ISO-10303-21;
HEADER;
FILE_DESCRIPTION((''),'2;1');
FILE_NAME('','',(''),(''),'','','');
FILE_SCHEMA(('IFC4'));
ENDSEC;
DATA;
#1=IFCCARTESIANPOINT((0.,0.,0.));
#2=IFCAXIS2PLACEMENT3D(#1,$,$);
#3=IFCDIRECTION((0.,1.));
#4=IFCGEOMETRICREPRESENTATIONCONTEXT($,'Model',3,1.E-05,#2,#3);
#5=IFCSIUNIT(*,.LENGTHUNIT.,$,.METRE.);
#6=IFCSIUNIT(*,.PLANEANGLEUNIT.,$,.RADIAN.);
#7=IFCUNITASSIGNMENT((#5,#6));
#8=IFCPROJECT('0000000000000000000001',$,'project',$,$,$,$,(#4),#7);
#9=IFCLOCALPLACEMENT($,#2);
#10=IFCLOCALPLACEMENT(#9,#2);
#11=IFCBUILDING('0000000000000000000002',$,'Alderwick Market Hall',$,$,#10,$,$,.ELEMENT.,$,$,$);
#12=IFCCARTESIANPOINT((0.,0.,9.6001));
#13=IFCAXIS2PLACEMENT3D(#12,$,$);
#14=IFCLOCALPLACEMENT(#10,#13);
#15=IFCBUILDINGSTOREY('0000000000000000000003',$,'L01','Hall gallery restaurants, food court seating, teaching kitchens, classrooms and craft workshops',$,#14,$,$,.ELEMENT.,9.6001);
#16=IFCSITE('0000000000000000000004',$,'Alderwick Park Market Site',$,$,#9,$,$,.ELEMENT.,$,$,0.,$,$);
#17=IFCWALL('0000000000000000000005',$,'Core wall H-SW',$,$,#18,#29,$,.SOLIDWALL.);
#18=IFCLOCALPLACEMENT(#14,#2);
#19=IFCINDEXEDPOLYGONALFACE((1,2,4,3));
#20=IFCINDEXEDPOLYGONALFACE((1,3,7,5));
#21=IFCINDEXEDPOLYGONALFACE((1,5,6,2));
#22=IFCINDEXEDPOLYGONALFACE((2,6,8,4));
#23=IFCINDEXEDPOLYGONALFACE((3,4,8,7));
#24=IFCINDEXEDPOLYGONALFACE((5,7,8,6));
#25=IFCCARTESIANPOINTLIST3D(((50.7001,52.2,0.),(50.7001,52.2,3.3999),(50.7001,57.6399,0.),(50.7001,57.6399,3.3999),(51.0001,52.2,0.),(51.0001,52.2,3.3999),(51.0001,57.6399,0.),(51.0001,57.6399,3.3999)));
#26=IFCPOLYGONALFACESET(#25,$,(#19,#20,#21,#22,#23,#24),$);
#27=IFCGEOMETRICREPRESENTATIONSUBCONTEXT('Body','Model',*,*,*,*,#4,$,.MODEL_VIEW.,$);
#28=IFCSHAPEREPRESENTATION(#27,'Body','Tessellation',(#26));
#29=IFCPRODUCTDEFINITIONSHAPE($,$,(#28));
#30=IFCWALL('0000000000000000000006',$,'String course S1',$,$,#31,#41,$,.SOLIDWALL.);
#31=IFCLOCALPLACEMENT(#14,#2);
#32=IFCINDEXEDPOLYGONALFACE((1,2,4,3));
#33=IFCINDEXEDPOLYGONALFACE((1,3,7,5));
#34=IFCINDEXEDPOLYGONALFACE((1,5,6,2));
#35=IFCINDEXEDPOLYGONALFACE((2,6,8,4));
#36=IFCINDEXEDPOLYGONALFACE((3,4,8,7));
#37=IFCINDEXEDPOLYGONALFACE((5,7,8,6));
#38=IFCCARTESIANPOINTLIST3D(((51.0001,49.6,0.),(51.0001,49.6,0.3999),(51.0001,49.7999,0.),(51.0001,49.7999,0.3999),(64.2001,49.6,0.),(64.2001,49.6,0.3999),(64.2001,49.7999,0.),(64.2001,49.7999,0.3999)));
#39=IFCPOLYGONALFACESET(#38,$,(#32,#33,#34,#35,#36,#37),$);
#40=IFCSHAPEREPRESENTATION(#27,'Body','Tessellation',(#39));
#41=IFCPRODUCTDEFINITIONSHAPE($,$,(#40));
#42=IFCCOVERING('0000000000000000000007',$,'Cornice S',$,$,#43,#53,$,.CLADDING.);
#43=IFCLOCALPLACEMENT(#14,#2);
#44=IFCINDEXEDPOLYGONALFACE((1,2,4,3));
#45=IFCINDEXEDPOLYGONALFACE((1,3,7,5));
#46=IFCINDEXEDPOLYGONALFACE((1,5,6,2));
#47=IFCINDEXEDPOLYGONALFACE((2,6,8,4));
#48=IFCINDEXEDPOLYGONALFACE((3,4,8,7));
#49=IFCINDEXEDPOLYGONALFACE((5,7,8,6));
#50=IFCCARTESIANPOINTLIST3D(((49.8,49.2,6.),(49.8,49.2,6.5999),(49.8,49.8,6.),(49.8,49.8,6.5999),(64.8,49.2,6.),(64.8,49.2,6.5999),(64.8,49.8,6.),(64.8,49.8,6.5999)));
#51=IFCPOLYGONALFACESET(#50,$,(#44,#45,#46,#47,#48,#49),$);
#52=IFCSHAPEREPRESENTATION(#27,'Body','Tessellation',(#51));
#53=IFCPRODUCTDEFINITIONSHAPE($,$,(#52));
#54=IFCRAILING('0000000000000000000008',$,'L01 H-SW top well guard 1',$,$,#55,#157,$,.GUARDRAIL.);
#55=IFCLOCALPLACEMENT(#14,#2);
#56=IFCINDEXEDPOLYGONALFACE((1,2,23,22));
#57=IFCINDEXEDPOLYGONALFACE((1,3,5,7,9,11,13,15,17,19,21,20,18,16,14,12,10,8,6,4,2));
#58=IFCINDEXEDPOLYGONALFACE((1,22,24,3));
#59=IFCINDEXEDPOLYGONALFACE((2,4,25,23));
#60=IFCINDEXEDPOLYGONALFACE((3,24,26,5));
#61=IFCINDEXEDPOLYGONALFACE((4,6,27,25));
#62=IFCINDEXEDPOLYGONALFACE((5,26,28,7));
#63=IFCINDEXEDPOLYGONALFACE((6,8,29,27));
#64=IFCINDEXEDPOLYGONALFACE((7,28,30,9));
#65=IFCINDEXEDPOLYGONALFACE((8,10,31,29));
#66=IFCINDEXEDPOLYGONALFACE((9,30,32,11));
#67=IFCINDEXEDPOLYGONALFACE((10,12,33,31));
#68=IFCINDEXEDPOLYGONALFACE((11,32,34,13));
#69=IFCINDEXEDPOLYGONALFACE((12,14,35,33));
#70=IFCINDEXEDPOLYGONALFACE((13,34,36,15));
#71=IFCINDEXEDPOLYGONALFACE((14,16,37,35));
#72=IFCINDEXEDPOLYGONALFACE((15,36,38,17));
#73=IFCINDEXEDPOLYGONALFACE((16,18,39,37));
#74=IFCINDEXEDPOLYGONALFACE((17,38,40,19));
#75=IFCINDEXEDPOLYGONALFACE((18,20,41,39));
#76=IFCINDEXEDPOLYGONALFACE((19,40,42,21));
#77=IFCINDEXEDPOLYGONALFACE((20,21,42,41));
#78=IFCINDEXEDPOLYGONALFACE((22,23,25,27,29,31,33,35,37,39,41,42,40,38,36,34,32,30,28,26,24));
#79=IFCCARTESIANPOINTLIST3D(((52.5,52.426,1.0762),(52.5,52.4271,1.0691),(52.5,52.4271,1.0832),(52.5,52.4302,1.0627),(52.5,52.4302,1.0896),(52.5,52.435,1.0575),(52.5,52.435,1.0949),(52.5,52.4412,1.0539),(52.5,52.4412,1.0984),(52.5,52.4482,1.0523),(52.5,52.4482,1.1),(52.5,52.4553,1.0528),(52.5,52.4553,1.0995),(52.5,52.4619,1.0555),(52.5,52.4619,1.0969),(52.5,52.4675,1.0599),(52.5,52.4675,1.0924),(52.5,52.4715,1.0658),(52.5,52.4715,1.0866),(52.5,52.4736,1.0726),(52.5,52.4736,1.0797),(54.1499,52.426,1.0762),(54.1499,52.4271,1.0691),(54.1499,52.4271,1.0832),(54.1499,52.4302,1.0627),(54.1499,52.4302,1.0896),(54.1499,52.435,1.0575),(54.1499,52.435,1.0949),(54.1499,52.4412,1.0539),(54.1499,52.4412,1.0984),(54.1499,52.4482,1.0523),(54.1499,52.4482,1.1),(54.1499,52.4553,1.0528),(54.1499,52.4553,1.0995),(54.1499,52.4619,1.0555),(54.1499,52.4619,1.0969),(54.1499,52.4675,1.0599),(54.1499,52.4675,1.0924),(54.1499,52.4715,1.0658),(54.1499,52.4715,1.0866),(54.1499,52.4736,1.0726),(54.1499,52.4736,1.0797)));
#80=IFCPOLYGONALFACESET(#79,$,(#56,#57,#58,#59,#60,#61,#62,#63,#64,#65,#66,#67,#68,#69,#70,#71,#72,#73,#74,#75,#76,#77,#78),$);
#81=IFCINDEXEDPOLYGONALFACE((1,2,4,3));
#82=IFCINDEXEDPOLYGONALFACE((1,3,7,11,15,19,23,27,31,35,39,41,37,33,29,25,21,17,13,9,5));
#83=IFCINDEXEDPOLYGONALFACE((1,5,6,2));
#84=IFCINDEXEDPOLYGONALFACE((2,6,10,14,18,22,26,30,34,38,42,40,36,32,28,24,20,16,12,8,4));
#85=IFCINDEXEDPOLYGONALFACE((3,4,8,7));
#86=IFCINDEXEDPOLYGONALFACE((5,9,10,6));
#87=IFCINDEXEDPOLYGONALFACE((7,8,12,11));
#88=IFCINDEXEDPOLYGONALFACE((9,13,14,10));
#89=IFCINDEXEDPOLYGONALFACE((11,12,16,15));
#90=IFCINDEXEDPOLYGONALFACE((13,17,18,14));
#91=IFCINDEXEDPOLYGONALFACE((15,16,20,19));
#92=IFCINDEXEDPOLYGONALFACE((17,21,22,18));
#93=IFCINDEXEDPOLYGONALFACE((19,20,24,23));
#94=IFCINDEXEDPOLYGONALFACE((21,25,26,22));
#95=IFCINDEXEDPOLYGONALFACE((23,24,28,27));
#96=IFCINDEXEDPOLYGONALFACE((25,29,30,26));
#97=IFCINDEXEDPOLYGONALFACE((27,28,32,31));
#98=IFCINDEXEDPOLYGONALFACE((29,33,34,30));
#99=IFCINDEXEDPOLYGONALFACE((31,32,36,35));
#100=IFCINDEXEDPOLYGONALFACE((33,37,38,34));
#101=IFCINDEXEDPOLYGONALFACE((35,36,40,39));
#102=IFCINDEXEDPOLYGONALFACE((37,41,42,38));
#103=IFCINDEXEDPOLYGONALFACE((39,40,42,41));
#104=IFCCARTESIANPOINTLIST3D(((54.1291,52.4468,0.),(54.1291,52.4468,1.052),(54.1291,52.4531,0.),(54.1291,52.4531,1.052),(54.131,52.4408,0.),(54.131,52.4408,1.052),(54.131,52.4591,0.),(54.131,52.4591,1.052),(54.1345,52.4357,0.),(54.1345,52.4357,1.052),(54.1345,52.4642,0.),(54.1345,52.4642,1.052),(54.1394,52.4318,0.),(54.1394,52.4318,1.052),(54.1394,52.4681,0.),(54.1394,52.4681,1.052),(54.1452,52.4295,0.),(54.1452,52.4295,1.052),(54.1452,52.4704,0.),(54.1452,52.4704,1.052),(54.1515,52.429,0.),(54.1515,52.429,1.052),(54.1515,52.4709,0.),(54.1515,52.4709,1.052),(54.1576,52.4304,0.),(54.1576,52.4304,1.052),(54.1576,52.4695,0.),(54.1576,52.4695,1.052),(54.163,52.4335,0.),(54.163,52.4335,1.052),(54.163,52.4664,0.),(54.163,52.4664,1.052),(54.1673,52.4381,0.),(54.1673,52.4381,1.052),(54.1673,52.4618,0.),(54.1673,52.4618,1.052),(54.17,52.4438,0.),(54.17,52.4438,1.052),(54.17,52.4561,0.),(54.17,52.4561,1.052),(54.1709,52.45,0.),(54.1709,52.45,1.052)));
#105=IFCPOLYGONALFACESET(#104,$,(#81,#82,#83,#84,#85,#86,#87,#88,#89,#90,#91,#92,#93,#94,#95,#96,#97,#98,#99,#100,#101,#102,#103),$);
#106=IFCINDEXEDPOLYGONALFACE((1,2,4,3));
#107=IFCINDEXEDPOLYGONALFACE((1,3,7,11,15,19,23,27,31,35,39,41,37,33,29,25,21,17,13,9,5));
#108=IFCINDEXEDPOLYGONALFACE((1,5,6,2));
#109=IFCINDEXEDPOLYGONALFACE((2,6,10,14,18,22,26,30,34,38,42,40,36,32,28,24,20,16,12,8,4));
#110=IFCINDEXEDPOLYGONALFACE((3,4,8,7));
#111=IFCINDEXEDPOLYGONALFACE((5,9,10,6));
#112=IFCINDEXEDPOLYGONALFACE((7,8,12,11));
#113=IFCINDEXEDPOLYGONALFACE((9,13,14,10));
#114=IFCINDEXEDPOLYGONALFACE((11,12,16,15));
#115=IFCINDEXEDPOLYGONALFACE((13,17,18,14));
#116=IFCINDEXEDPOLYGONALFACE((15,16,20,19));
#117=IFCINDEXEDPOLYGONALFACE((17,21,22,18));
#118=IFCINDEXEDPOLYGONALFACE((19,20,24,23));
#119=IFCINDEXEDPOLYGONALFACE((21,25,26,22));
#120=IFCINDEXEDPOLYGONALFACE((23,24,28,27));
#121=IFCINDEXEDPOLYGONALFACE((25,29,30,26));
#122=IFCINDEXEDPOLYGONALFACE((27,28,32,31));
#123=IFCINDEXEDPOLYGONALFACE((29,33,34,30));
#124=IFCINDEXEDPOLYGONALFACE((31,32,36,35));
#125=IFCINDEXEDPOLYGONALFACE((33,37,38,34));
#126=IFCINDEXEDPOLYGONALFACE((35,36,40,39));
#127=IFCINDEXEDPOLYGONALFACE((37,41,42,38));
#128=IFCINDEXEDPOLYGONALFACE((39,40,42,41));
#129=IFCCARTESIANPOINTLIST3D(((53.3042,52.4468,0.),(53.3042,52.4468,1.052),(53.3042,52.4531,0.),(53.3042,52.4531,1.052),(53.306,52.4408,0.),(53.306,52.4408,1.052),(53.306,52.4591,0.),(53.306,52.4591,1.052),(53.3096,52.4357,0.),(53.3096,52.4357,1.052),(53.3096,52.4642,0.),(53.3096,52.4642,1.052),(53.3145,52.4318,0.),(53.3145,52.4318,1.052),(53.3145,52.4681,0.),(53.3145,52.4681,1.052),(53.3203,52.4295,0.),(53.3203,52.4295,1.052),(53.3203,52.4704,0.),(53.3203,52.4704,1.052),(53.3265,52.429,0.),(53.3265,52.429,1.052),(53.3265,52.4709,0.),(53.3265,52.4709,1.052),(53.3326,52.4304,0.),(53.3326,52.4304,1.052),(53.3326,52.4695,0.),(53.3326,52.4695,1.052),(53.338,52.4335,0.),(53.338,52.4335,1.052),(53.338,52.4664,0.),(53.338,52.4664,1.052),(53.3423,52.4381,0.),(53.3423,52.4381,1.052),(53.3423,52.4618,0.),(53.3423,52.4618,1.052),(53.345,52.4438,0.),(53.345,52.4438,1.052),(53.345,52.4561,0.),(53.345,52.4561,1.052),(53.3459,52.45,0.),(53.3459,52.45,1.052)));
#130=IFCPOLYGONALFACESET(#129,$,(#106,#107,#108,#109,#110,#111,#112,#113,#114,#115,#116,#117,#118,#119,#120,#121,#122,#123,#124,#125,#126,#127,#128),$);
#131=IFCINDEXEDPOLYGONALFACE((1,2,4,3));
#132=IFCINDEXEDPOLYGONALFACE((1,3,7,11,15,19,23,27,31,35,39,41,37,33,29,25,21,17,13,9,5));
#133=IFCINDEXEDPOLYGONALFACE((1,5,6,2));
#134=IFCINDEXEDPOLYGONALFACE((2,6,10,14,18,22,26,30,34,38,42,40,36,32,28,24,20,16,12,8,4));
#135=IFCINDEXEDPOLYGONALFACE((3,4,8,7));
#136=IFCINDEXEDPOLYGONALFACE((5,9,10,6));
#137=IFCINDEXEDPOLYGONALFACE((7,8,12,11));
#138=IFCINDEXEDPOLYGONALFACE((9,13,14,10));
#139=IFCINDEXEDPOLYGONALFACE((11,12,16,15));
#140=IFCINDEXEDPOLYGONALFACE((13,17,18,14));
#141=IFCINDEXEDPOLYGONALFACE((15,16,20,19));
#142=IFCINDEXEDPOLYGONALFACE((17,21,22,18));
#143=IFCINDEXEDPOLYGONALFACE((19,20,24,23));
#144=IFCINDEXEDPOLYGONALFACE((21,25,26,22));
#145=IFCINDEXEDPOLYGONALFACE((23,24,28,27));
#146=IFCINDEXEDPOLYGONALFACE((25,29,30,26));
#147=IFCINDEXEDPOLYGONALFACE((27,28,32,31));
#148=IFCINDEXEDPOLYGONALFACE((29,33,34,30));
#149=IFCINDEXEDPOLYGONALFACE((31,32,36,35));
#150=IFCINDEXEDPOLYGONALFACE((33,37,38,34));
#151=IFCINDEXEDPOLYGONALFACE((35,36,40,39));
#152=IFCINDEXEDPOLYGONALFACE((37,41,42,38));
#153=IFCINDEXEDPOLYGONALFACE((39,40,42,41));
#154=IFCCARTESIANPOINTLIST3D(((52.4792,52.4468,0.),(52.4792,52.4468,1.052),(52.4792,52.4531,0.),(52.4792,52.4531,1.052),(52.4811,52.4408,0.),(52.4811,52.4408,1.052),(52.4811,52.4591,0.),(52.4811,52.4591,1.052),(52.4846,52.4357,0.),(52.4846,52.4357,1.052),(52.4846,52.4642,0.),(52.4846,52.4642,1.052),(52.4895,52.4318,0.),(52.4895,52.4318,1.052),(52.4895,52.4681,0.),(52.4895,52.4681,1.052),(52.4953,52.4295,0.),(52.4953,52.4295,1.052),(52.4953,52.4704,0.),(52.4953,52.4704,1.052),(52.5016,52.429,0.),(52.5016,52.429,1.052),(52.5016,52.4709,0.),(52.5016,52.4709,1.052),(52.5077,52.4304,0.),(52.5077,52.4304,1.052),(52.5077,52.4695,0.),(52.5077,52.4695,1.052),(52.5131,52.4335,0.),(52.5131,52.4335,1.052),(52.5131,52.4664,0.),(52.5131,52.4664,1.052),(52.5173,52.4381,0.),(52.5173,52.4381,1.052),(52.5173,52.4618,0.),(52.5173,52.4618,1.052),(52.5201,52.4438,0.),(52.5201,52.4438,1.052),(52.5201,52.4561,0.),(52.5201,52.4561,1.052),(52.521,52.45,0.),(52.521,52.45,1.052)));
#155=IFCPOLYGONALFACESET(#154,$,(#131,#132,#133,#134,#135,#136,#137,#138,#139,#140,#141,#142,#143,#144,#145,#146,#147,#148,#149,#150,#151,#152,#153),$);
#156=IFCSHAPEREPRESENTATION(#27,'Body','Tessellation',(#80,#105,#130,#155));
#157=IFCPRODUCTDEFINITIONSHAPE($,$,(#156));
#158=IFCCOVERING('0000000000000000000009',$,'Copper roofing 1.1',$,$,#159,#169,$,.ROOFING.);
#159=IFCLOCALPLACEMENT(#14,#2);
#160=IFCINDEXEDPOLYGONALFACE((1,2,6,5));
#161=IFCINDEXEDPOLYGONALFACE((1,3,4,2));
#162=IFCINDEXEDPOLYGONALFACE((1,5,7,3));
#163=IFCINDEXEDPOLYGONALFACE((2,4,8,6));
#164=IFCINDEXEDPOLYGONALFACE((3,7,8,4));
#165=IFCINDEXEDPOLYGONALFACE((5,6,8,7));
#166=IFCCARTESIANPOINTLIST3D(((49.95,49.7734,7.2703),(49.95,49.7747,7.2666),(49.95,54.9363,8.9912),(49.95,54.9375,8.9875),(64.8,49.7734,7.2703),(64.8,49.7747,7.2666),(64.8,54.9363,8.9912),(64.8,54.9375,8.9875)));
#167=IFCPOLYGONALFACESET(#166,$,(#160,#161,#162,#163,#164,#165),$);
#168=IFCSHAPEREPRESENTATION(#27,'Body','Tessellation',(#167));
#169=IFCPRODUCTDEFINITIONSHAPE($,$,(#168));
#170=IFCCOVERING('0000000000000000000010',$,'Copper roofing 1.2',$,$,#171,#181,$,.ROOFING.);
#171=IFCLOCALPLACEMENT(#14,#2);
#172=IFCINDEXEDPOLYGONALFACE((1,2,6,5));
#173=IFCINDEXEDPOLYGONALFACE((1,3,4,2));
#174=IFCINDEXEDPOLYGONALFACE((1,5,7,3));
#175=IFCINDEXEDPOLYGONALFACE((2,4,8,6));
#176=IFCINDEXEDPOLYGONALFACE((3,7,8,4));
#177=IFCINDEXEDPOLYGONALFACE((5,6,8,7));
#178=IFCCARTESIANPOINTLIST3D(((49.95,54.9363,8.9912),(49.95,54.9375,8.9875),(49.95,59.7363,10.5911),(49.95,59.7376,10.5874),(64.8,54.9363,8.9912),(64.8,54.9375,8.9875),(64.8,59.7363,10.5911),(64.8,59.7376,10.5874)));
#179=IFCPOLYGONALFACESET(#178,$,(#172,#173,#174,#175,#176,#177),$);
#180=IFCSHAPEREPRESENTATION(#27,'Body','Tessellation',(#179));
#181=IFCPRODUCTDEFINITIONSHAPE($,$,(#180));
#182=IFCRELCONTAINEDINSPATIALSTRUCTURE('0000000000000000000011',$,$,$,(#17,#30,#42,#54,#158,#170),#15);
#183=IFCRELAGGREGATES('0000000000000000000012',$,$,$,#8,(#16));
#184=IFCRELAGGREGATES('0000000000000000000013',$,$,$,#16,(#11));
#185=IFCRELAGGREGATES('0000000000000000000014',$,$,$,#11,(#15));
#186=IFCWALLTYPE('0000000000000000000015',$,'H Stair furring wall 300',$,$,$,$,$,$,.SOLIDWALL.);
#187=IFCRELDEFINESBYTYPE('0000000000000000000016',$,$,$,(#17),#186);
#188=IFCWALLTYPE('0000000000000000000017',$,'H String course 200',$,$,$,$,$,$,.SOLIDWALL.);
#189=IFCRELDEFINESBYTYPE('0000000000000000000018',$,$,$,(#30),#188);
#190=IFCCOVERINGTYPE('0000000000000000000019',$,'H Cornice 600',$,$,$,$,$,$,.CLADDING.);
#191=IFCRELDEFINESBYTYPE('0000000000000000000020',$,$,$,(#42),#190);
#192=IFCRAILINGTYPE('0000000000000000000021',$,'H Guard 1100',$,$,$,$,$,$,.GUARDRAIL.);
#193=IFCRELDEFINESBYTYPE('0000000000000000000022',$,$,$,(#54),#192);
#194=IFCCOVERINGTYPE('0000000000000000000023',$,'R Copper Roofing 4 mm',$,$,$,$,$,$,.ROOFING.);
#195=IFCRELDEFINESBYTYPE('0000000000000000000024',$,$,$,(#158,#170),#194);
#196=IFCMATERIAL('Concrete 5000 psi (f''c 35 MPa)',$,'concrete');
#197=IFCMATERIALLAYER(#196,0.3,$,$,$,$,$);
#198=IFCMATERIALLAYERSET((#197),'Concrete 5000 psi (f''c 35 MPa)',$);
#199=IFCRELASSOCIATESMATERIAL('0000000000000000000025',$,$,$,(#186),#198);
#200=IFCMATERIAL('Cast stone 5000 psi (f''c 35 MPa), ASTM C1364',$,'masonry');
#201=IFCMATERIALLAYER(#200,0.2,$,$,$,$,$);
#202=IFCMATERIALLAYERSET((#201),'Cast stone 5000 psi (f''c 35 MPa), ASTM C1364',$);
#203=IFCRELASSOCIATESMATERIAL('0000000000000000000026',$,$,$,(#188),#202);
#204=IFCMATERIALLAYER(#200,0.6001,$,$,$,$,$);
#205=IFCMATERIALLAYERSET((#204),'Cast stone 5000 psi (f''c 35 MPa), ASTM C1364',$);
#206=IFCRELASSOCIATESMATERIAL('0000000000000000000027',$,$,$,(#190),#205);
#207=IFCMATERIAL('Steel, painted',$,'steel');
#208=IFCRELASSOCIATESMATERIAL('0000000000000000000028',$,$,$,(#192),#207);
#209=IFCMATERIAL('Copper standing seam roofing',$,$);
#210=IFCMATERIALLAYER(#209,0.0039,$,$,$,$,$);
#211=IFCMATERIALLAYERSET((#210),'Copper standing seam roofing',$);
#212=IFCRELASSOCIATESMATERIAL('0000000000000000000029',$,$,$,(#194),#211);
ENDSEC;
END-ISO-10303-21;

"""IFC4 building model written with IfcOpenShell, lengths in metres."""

from ifc_helpers import new_model, si_unit, direction, frame, frame_2d, origin, origin_2d, place, context, subcontext, project, spatial, polyline, rectangle, circle, outline, extrude, material, layer, layer_set, type_object, element, save


model = new_model("IFC4")

# Units and contexts
model_context = context("Model", 3, precision=1e-05, world=origin(), true_north=direction((0.0, 1.0)))
body_context = subcontext(model_context, "Body", "Model", "MODEL_VIEW")
ifc_project = project(units=[si_unit("LENGTHUNIT", "METRE"), si_unit("PLANEANGLEUNIT", "RADIAN")], contexts=[model_context])

# Site, building, storey
site_placement = place(None, origin())
site = spatial("IfcSite", under=ifc_project, at=site_placement, Name="Alderwick Park Market Site", CompositionType="ELEMENT", RefElevation=0.0)
building_placement = place(site_placement, origin())
building = spatial("IfcBuilding", under=site, at=building_placement, Name="Alderwick Market Hall", CompositionType="ELEMENT")
storey_placement = place(building_placement, frame((0.0, 0.0, 9.6001)))
storey = spatial("IfcBuildingStorey", under=building, at=storey_placement, Name="L01", Description="Hall gallery restaurants, food court seating, teaching kitchens, classrooms and craft workshops", CompositionType="ELEMENT", Elevation=9.6001)

# Shared definitions
ifc_material_1 = material(Name="Concrete 5000 psi (f'c 35 MPa)", Category="concrete")

# Walls
ifc_layer_1 = layer(ifc_material_1, 0.3)
ifc_layer_set_1 = layer_set([ifc_layer_1], Name="Concrete 5000 psi (f'c 35 MPa)")
wall_type_1 = type_object("IfcWallType", Name="H Stair furring wall 300", PredefinedType="SOLIDWALL", material=ifc_layer_set_1)
wall_1_placement = place(storey_placement, frame((50.8501, 52.2, 0.0), z_axis=(0.0, 0.0, 1.0), x_axis=(0.0, 1.0, 0.0)))
element("IfcWall", 1, at=wall_1_placement, inside=storey, type_object=wall_type_1, Name="Core wall H-SW", PredefinedType="SOLIDWALL", context=body_context, shape_type="SweptSolid", body=[
    extrude(rectangle(XDim=5.4399, YDim=0.3, at=frame_2d((2.72, 0.0))), origin(), (0.0, 0.0, 1.0), 3.3999),
])
ifc_material_2 = material(Name="Cast stone 5000 psi (f'c 35 MPa), ASTM C1364", Category="masonry")
ifc_layer_2 = layer(ifc_material_2, 0.2)
ifc_layer_set_2 = layer_set([ifc_layer_2], Name="Cast stone 5000 psi (f'c 35 MPa), ASTM C1364")
wall_type_2 = type_object("IfcWallType", Name="H String course 200", PredefinedType="SOLIDWALL", material=ifc_layer_set_2)
wall_2_placement = place(storey_placement, frame((51.0, 49.7, 0.0), z_axis=(0.0, 0.0, 1.0), x_axis=(1.0, 0.0, 0.0)))
element("IfcWall", 2, at=wall_2_placement, inside=storey, type_object=wall_type_2, Name="String course S1", PredefinedType="SOLIDWALL", context=body_context, shape_type="SweptSolid", body=[
    extrude(rectangle(XDim=13.2, YDim=0.2, at=frame_2d((6.6001, 0.0))), origin(), (0.0, 0.0, 1.0), 0.3999),
])

# Covering
ifc_layer_3 = layer(ifc_material_2, 0.6001)
ifc_layer_set_3 = layer_set([ifc_layer_3], Name="Cast stone 5000 psi (f'c 35 MPa), ASTM C1364")
covering_type_1 = type_object("IfcCoveringType", Name="H Cornice 600", PredefinedType="CLADDING", material=ifc_layer_set_3)
covering_1_placement = place(storey_placement, frame((49.8, 49.5, 6.0), z_axis=(0.0, 0.0, 1.0), x_axis=(1.0, 0.0, 0.0)))
element("IfcCovering", 3, at=covering_1_placement, inside=storey, type_object=covering_type_1, Name="Cornice S", PredefinedType="CLADDING", context=body_context, shape_type="SweptSolid", body=[
    extrude(rectangle(XDim=15.0, YDim=0.6001, at=frame_2d((7.5, 0.0))), origin(), (0.0, 0.0, 1.0), 0.5999),
])

# Railing
ifc_material_3 = material(Name="Steel, painted", Category="steel")
railing_type = type_object("IfcRailingType", Name="H Guard 1100", PredefinedType="GUARDRAIL", material=ifc_material_3)
railing_placement = place(storey_placement, frame((54.1499, 52.45, 0.0)))
element("IfcRailing", 4, at=railing_placement, inside=storey, type_object=railing_type, Name="L01 H-SW top well guard 1", PredefinedType="GUARDRAIL", context=body_context, shape_type="SweptSolid", body=[
    extrude(circle(Radius=0.0239, at=origin_2d()), frame((0.0, 0.0, 1.0762), z_axis=(-1.0, 0.0, 0.0), x_axis=(0.0, -1.0, 0.0)), (0.0, 0.0, 1.0), 1.6499),
    extrude(circle(Radius=0.021, at=origin_2d()), origin(), (0.0, 0.0, 1.0), 1.052),
    extrude(circle(Radius=0.021, at=origin_2d()), frame((-0.825, 0.0, 0.0)), (0.0, 0.0, 1.0), 1.052),
    extrude(circle(Radius=0.021, at=origin_2d()), frame((-1.6499, 0.0, 0.0)), (0.0, 0.0, 1.0), 1.052),
])

# Coverings
ifc_material_4 = material(Name="Copper standing seam roofing")
ifc_layer_4 = layer(ifc_material_4, 0.0039)
ifc_layer_set_4 = layer_set([ifc_layer_4], Name="Copper standing seam roofing")
covering_type_2 = type_object("IfcCoveringType", Name="R Copper Roofing 4 mm", PredefinedType="ROOFING", material=ifc_layer_set_4)
covering_2_placement = place(storey_placement, frame((49.95, 49.7734, 7.2703), z_axis=(0.0, -0.316228, 0.948683), x_axis=(1.0, 0.0, 0.0)))
element("IfcCovering", 5, at=covering_2_placement, inside=storey, type_object=covering_type_2, Name="Copper roofing 1.1", PredefinedType="ROOFING", context=body_context, shape_type="SweptSolid", body=[
    extrude(outline(polyline([(0.0, 0.0), (14.8501, 0.0), (14.8501, 5.4421), (0.0, 5.4421), (0.0, 0.0)])), origin(), (0.0, 0.0, -1.0), 0.0039),
])
covering_3_placement = place(storey_placement, frame((49.95, 54.9363, 8.9912), z_axis=(0.0, -0.316199, 0.948693), x_axis=(1.0, 0.0, 0.0)))
element("IfcCovering", 6, at=covering_3_placement, inside=storey, type_object=covering_type_2, Name="Copper roofing 1.2", PredefinedType="ROOFING", context=body_context, shape_type="SweptSolid", body=[
    extrude(outline(polyline([(0.0, 0.0), (14.8501, 0.0), (14.8501, 5.0596), (0.0, 5.0596), (0.0, 0.0)])), origin(), (0.0, 0.0, -1.0), 0.0039),
])

save(model, "model.ifc")
